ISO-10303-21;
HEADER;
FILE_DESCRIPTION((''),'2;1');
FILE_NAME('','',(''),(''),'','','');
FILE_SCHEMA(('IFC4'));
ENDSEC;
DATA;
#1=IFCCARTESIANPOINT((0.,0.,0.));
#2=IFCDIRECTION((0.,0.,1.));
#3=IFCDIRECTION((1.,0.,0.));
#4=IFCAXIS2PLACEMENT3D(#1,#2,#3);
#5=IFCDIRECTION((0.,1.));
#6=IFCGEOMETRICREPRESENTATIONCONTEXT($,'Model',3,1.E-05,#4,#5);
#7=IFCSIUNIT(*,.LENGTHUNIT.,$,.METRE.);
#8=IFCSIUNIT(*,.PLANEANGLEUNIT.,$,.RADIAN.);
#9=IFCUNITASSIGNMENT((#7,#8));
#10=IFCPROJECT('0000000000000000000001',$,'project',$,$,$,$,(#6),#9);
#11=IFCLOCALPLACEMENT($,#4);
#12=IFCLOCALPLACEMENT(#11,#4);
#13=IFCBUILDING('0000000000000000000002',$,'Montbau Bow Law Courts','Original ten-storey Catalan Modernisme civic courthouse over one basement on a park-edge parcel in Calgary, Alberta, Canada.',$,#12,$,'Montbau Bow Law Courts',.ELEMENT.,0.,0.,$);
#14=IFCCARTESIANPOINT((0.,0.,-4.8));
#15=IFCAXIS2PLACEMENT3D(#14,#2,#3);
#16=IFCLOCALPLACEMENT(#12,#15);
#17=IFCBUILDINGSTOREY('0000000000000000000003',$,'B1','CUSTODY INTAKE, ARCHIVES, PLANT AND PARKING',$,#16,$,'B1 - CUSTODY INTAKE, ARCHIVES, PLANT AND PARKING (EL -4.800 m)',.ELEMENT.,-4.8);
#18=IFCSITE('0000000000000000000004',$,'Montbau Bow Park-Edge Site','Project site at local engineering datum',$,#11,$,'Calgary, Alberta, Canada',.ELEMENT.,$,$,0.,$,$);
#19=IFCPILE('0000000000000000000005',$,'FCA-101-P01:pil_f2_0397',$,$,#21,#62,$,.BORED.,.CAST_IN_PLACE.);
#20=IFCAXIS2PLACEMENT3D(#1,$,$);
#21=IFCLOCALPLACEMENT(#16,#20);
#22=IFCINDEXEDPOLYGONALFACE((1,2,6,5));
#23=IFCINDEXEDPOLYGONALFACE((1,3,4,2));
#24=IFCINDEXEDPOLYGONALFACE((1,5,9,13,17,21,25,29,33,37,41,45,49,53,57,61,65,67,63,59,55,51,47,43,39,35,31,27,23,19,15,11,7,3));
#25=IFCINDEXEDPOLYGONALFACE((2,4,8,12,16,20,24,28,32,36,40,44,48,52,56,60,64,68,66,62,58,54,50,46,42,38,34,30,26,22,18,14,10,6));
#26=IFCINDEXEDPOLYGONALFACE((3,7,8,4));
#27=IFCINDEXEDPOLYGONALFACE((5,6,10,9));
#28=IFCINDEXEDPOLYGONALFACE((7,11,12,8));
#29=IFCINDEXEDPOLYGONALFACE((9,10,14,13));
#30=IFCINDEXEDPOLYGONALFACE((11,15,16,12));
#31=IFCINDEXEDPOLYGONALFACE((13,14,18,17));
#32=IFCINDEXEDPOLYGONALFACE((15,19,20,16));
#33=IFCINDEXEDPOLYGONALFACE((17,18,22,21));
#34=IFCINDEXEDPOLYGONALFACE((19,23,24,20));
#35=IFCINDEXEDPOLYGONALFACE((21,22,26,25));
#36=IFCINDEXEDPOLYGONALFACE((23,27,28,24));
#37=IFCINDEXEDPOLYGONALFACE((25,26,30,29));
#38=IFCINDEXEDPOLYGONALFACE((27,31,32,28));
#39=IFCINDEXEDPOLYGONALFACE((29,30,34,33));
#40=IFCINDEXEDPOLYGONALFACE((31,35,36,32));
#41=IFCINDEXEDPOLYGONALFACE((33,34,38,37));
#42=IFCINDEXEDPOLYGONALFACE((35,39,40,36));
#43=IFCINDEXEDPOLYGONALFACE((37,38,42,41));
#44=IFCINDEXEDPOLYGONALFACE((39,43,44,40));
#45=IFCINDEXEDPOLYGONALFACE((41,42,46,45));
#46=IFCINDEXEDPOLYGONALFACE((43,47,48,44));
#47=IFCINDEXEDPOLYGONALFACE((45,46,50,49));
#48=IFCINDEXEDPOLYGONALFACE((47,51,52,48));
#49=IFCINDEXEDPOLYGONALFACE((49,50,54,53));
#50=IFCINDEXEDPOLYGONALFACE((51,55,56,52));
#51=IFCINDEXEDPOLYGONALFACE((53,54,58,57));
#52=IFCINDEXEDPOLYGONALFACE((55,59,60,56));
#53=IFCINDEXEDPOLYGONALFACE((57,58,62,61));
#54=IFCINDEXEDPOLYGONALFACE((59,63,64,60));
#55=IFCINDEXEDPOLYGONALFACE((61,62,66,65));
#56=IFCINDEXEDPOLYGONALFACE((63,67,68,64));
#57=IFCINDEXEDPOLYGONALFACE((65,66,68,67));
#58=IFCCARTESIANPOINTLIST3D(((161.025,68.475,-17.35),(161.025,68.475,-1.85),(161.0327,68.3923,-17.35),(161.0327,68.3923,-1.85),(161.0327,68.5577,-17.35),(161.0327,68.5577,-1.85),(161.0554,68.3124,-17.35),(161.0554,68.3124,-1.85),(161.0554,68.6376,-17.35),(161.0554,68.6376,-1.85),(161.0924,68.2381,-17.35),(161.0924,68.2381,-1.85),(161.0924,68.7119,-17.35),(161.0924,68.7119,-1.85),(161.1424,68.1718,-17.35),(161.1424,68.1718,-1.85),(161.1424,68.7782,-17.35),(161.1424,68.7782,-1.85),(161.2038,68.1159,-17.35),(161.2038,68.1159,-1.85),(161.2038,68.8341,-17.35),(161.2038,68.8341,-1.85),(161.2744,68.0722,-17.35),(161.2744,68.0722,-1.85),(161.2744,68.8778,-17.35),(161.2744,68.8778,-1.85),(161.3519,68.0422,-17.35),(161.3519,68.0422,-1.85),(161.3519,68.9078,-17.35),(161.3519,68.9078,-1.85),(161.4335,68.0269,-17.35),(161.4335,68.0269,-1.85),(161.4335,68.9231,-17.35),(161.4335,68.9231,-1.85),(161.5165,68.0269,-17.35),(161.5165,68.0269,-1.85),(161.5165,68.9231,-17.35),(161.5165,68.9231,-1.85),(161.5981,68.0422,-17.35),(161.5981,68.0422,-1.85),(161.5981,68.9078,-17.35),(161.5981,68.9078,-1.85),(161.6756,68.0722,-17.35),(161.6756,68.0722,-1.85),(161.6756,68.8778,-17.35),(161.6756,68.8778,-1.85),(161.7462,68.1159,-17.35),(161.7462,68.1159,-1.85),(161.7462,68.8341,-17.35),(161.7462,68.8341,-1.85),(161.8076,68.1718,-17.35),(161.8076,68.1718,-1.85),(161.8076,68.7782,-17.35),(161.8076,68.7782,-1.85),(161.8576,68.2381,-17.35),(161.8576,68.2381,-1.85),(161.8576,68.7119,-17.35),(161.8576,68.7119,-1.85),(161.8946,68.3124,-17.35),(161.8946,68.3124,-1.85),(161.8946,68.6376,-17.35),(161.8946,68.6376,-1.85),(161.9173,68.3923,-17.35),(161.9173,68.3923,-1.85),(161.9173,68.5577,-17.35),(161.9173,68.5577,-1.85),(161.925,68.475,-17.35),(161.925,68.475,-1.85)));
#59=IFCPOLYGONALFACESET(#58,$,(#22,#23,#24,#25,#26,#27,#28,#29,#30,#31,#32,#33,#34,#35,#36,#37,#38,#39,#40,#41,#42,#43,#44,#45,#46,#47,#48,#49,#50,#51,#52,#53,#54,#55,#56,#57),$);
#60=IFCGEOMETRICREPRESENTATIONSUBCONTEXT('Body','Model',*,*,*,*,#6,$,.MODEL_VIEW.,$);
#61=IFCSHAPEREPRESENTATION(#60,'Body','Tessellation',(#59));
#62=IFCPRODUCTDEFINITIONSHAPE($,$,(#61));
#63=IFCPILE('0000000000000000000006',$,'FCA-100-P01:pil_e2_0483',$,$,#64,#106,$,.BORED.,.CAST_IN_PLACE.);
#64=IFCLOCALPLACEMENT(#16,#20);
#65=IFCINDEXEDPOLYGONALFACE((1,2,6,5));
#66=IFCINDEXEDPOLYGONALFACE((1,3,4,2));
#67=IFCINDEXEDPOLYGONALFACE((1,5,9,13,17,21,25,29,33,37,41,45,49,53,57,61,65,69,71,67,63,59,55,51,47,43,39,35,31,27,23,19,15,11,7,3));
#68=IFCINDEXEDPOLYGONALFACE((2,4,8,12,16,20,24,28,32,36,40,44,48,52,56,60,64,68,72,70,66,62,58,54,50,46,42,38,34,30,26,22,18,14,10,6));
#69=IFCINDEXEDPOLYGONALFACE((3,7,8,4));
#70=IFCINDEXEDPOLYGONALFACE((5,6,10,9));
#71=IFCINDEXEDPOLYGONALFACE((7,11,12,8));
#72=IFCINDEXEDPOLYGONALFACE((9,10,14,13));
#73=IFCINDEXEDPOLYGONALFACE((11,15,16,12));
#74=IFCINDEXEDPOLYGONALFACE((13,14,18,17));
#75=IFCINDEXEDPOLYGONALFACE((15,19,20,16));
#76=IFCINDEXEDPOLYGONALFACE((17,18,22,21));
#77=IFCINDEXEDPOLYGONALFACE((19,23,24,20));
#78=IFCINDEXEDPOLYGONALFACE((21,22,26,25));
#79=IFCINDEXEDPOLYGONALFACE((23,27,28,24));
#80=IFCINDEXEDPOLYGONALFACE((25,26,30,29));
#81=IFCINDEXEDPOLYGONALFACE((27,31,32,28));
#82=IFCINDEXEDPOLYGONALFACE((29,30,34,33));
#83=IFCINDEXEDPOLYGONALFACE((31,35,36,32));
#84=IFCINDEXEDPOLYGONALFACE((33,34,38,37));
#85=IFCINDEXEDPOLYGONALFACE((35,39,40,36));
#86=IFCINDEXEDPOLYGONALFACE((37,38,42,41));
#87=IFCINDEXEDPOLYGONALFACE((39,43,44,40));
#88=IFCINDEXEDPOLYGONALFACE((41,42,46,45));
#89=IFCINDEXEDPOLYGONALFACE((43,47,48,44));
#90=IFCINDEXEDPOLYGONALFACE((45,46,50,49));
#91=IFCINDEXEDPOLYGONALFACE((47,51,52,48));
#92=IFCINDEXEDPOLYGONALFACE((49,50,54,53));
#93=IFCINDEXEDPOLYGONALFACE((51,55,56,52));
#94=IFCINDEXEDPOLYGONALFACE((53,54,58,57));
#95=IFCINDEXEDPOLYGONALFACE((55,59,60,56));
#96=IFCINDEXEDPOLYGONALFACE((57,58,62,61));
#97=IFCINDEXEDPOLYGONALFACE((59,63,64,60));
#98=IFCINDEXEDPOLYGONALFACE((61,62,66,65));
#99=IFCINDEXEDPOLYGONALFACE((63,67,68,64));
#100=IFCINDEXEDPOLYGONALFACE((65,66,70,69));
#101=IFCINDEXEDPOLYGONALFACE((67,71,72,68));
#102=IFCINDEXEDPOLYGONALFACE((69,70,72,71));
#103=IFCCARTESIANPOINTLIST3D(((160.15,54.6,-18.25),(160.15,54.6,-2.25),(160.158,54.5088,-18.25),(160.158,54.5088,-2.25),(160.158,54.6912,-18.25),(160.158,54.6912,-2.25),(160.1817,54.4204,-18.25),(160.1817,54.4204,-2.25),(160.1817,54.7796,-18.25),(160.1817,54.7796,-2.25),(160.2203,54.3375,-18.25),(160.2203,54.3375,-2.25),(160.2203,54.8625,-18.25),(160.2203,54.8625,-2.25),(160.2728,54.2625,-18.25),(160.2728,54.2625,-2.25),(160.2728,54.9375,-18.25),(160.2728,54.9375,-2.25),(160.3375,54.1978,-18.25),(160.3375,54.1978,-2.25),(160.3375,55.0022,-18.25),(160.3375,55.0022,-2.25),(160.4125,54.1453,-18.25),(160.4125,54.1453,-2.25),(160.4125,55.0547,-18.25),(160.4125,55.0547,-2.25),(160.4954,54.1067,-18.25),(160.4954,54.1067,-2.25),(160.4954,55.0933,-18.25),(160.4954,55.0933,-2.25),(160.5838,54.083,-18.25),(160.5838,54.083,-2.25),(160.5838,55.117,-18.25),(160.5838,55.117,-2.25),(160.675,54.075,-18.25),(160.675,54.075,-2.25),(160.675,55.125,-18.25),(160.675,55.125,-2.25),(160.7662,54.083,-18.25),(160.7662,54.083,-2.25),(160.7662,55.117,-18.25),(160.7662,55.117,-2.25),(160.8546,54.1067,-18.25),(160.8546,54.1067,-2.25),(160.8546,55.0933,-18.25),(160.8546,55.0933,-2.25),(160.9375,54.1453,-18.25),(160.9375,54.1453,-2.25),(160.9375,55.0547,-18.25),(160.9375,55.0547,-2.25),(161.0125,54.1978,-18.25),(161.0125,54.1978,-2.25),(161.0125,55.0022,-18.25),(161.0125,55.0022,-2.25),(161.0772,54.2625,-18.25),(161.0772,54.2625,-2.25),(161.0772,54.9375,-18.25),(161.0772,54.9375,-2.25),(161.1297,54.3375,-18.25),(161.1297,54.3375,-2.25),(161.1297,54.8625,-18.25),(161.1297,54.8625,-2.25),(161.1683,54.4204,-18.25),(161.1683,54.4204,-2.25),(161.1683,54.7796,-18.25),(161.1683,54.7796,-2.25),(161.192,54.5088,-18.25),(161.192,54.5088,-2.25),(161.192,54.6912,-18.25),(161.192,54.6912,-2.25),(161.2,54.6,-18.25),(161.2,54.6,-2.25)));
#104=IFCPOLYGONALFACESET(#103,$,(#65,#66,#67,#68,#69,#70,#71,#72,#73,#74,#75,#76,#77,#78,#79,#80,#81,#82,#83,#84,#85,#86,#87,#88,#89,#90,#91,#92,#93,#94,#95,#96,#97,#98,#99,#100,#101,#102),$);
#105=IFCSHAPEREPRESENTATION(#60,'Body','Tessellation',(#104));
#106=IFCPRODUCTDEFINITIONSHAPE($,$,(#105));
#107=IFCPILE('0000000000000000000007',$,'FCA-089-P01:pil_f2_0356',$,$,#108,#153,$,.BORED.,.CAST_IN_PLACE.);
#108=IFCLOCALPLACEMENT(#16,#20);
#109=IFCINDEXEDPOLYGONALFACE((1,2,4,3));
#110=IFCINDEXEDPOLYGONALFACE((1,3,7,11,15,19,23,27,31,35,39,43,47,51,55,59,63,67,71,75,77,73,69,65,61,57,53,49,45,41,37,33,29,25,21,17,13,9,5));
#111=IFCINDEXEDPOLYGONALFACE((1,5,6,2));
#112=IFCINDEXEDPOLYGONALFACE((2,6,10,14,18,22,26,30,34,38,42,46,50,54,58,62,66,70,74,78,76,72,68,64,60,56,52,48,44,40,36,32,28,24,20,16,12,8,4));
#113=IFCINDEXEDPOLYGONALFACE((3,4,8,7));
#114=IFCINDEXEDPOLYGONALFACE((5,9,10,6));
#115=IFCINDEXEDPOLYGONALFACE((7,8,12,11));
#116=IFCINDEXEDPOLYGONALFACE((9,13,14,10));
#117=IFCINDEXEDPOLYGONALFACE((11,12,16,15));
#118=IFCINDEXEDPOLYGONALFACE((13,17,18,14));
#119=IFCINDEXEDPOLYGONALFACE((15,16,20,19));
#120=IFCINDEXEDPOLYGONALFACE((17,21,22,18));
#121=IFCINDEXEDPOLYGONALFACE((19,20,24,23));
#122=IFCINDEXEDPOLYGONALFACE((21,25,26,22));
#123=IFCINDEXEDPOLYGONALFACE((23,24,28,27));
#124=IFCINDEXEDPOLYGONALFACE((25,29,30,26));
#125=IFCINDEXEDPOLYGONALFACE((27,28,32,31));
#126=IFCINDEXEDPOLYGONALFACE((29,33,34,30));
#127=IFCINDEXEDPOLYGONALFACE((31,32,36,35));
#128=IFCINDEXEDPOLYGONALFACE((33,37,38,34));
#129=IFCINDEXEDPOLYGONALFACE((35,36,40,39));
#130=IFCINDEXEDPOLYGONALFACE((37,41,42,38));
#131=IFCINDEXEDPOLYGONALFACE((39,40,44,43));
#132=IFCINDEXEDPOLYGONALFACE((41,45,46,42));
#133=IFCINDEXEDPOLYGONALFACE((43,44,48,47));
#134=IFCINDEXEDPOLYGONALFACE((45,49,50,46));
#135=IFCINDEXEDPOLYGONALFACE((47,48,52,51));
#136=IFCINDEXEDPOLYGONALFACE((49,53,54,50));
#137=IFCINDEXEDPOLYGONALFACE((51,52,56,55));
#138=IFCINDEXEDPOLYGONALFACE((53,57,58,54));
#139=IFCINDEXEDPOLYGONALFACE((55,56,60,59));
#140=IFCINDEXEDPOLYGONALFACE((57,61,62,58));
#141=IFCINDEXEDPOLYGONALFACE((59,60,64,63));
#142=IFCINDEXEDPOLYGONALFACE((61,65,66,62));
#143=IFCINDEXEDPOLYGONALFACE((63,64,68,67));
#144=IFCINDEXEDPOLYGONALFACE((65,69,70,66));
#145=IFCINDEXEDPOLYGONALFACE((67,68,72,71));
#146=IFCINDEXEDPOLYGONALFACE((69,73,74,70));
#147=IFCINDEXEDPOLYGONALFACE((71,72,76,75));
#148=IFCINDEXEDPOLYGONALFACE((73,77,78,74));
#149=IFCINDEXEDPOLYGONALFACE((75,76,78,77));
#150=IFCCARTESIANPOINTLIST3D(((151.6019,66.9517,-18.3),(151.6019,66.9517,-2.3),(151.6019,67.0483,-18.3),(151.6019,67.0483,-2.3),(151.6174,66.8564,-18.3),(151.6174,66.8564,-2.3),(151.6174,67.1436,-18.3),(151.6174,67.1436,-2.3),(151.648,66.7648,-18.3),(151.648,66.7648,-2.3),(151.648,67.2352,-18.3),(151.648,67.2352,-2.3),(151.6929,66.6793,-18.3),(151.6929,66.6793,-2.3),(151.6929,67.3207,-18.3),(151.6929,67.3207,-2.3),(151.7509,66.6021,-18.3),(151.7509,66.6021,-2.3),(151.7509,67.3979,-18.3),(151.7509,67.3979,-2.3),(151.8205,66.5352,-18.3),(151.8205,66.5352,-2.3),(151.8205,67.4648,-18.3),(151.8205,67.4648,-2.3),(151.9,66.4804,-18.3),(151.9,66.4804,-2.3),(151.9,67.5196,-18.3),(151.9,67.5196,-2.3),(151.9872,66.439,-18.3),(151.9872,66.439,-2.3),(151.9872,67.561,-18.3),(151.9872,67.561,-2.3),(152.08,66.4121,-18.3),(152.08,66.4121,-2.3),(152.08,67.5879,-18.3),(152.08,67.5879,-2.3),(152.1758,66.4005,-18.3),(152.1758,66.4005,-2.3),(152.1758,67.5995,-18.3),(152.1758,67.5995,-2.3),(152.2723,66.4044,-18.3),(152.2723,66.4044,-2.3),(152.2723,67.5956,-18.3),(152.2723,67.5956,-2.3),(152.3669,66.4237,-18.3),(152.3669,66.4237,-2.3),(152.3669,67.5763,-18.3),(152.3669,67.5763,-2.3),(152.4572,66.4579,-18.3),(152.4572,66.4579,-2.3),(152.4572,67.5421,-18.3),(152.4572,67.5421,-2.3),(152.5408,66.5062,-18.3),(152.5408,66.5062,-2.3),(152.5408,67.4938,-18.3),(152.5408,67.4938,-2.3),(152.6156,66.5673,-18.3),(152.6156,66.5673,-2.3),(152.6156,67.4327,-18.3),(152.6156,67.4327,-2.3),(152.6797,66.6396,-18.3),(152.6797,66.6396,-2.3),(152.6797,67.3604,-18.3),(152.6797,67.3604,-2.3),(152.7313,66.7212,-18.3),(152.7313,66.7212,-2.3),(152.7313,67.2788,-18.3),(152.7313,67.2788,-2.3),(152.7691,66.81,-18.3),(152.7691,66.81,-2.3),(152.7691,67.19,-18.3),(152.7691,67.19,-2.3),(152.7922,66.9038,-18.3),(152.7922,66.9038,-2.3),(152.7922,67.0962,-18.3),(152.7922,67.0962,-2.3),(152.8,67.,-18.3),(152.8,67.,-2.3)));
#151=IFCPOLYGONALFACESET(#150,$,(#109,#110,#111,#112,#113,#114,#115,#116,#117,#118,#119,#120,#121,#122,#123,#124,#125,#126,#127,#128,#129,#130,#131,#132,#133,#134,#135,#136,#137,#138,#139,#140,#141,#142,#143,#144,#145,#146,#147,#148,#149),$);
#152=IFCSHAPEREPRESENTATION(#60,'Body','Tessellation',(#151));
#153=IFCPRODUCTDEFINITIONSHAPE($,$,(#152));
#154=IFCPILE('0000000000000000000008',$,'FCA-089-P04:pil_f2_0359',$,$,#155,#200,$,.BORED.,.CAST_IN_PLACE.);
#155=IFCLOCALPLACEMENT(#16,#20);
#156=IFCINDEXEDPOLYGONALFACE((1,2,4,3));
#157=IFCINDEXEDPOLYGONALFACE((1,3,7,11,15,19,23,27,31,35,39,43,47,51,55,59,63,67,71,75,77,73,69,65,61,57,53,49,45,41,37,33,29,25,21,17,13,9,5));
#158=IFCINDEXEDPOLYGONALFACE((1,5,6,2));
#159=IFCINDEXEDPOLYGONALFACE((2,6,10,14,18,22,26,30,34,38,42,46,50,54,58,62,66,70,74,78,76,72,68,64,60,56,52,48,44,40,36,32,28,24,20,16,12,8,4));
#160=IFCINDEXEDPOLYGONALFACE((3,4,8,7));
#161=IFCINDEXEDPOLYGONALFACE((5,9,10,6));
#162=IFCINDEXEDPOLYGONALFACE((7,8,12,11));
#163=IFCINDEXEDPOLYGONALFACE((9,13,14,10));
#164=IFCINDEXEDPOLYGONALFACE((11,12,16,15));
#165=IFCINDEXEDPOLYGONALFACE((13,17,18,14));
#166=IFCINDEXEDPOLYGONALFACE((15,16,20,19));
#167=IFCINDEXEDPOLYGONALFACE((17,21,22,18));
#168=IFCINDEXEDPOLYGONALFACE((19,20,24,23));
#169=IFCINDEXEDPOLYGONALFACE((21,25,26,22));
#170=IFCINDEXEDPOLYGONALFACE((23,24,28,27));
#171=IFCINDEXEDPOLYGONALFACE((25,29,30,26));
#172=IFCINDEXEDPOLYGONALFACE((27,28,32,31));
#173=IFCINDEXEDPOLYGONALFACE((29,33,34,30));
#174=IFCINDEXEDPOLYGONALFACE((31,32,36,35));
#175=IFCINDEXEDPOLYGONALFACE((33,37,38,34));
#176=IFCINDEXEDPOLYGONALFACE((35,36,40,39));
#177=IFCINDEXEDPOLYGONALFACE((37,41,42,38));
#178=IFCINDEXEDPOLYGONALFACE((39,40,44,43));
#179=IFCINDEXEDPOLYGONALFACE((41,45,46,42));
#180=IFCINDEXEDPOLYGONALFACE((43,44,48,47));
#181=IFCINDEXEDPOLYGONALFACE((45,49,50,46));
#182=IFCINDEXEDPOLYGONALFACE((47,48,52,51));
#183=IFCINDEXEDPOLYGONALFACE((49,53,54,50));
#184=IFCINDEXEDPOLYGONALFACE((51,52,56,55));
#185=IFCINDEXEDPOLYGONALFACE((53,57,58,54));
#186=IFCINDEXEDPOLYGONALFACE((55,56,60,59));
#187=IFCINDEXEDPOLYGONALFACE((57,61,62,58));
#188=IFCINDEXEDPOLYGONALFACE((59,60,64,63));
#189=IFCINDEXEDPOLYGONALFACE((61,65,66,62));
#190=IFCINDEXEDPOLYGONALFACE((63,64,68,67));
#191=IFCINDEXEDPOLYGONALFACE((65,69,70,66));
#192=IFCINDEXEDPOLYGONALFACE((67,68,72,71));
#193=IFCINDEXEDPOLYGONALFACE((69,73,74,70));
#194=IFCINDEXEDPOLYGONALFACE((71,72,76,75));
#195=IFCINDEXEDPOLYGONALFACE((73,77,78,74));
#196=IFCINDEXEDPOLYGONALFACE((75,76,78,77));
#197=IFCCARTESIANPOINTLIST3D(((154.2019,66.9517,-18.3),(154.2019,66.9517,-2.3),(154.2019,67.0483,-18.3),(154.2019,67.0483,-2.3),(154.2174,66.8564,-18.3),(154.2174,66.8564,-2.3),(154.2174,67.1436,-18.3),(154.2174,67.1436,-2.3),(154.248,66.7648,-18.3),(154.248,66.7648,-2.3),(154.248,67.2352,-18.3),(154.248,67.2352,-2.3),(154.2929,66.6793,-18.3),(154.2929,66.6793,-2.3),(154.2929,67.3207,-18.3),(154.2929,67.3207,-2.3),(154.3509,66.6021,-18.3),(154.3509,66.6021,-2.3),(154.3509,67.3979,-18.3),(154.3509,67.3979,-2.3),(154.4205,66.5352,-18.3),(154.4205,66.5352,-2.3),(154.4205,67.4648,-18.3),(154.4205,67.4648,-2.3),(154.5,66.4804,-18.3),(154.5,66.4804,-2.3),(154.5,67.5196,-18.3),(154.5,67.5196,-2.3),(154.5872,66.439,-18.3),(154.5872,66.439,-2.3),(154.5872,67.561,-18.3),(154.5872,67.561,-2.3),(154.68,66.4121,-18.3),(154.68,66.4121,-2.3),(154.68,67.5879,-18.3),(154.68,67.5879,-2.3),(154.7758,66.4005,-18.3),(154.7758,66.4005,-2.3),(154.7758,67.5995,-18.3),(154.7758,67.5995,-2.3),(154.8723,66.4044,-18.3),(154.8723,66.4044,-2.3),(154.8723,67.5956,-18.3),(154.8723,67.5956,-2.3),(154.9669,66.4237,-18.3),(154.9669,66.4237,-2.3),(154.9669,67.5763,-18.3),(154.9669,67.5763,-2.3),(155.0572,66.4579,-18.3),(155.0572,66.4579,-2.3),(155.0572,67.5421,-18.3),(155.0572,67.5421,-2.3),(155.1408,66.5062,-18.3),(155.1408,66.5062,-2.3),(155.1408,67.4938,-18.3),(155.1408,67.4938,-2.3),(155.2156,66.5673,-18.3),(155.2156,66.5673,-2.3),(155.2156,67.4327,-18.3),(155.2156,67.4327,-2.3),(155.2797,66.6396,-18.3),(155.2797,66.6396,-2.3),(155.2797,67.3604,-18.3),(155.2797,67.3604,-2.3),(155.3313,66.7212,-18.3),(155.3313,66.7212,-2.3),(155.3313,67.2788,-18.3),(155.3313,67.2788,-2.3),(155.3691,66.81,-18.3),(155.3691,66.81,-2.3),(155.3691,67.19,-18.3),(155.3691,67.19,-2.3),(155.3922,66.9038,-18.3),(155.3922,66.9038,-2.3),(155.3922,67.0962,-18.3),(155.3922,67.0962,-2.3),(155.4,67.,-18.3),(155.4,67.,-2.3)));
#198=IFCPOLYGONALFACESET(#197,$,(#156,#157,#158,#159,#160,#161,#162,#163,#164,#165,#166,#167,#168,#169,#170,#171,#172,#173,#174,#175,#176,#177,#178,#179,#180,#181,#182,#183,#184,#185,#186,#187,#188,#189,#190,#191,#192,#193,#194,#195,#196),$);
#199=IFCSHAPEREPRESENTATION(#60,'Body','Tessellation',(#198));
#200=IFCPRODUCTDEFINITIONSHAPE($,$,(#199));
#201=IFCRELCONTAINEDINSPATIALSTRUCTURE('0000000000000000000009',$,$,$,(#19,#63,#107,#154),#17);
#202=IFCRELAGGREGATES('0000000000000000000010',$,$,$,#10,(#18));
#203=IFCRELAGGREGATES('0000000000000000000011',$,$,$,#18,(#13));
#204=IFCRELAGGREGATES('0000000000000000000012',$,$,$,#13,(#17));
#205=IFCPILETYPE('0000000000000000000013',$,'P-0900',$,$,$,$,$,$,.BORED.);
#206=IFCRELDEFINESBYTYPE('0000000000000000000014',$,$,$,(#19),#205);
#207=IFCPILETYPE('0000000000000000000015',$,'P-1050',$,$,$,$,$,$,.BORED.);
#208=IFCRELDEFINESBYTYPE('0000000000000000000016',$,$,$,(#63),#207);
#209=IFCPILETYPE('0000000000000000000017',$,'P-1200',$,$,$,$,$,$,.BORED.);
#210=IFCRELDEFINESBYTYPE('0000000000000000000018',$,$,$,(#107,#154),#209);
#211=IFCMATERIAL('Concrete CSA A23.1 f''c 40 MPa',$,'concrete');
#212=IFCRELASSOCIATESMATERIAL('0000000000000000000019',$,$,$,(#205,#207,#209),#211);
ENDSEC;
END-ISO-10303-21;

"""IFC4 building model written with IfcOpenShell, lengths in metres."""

from ifc_helpers import new_model, si_unit, direction, frame, origin_with_axes, origin_2d_with_axis, place, context, subcontext, project, spatial, circle, extrude, material, material_profile, profile_set, type_object, element, save


model = new_model("IFC4")

# Units and contexts
model_context = context("Model", 3, precision=1e-05, world=origin_with_axes(), true_north=direction((0.0, 1.0)))
body_context = subcontext(model_context, "Body", "Model", "MODEL_VIEW")
ifc_project = project(units=[si_unit("LENGTHUNIT", "METRE"), si_unit("PLANEANGLEUNIT", "RADIAN")], contexts=[model_context])

# Site, building, storey
site_placement = place(None, origin_with_axes())
site = spatial("IfcSite", under=ifc_project, at=site_placement, Name="Montbau Bow Park-Edge Site", Description="Project site at local engineering datum", LongName="Calgary, Alberta, Canada", CompositionType="ELEMENT", RefElevation=0.0)
building_placement = place(site_placement, origin_with_axes())
building = spatial("IfcBuilding", under=site, at=building_placement, Name="Montbau Bow Law Courts", Description="Original ten-storey Catalan Modernisme civic courthouse over one basement on a park-edge parcel in Calgary, Alberta, Canada.", LongName="Montbau Bow Law Courts", CompositionType="ELEMENT", ElevationOfRefHeight=0.0, ElevationOfTerrain=0.0)
storey_placement = place(building_placement, frame((0.0, 0.0, -4.8), z_axis=(0.0, 0.0, 1.0), x_axis=(1.0, 0.0, 0.0)))
storey = spatial("IfcBuildingStorey", under=building, at=storey_placement, Name="B1", Description="CUSTODY INTAKE, ARCHIVES, PLANT AND PARKING", LongName="B1 - CUSTODY INTAKE, ARCHIVES, PLANT AND PARKING (EL -4.800 m)", CompositionType="ELEMENT", Elevation=-4.8)

# Piles
ifc_material_1 = material(Name="Concrete CSA A23.1 f'c 40 MPa", Category="concrete")
ifc_material_profile_1 = material_profile(ifc_material_1, circle(Radius=0.45, at=origin_2d_with_axis()), Name="BP900", Category="Main", Priority=0)
ifc_profile_set_1 = profile_set([ifc_material_profile_1], Name="Concrete CSA A23.1 f'c 40 MPa")
pile_type_1 = type_object("IfcPileType", Name="P-0900", PredefinedType="BORED", material=ifc_profile_set_1)
for number, where, z_axis, x_axis, name in (
    (1, (161.475, 68.475, -22.15), (0.0, 0.0, 1.0), (1.0, 0.0, 0.0), "FCA-101-P01:pil_f2_0397"),
):
    element("IfcPile", number, at=place(None, frame(where, z_axis=z_axis, x_axis=x_axis)), inside=storey, type_object=pile_type_1, Name=name, ConstructionType="CAST_IN_PLACE", PredefinedType="BORED", context=body_context, shape_type="SweptSolid", body=[
        extrude(circle(Radius=0.45, at=origin_2d_with_axis()), origin_with_axes(), (0.0, 0.0, 1.0), 15.5),
    ])
ifc_material_profile_2 = material_profile(ifc_material_1, circle(Radius=0.525, at=origin_2d_with_axis()), Name="BP1050", Category="Main", Priority=0)
ifc_profile_set_2 = profile_set([ifc_material_profile_2], Name="Concrete CSA A23.1 f'c 40 MPa")
pile_type_2 = type_object("IfcPileType", Name="P-1050", PredefinedType="BORED", material=ifc_profile_set_2)
pile_placement = place(None, frame((160.675, 54.6, -23.05), z_axis=(0.0, 0.0, 1.0), x_axis=(1.0, 0.0, 0.0)))
element("IfcPile", 2, at=pile_placement, inside=storey, type_object=pile_type_2, Name="FCA-100-P01:pil_e2_0483", ConstructionType="CAST_IN_PLACE", PredefinedType="BORED", context=body_context, shape_type="SweptSolid", body=[
    extrude(circle(Radius=0.525, at=origin_2d_with_axis()), origin_with_axes(), (0.0, 0.0, 1.0), 16.0),
])
ifc_material_profile_3 = material_profile(ifc_material_1, circle(Radius=0.6, at=origin_2d_with_axis()), Name="BP1200", Category="Main", Priority=0)
ifc_profile_set_3 = profile_set([ifc_material_profile_3], Name="Concrete CSA A23.1 f'c 40 MPa")
pile_type_3 = type_object("IfcPileType", Name="P-1200", PredefinedType="BORED", material=ifc_profile_set_3)
for number, where, z_axis, x_axis, name in (
    (3, (152.2, 67.0, -23.1), (0.0, 0.0, 1.0), (1.0, 0.0, 0.0), "FCA-089-P01:pil_f2_0356"),
    (4, (154.8, 67.0, -23.1), (0.0, 0.0, 1.0), (1.0, 0.0, 0.0), "FCA-089-P04:pil_f2_0359"),
):
    element("IfcPile", number, at=place(None, frame(where, z_axis=z_axis, x_axis=x_axis)), inside=storey, type_object=pile_type_3, Name=name, ConstructionType="CAST_IN_PLACE", PredefinedType="BORED", context=body_context, shape_type="SweptSolid", body=[
        extrude(circle(Radius=0.6, at=origin_2d_with_axis()), origin_with_axes(), (0.0, 0.0, 1.0), 16.0),
    ])

save(model, "model.ifc")
